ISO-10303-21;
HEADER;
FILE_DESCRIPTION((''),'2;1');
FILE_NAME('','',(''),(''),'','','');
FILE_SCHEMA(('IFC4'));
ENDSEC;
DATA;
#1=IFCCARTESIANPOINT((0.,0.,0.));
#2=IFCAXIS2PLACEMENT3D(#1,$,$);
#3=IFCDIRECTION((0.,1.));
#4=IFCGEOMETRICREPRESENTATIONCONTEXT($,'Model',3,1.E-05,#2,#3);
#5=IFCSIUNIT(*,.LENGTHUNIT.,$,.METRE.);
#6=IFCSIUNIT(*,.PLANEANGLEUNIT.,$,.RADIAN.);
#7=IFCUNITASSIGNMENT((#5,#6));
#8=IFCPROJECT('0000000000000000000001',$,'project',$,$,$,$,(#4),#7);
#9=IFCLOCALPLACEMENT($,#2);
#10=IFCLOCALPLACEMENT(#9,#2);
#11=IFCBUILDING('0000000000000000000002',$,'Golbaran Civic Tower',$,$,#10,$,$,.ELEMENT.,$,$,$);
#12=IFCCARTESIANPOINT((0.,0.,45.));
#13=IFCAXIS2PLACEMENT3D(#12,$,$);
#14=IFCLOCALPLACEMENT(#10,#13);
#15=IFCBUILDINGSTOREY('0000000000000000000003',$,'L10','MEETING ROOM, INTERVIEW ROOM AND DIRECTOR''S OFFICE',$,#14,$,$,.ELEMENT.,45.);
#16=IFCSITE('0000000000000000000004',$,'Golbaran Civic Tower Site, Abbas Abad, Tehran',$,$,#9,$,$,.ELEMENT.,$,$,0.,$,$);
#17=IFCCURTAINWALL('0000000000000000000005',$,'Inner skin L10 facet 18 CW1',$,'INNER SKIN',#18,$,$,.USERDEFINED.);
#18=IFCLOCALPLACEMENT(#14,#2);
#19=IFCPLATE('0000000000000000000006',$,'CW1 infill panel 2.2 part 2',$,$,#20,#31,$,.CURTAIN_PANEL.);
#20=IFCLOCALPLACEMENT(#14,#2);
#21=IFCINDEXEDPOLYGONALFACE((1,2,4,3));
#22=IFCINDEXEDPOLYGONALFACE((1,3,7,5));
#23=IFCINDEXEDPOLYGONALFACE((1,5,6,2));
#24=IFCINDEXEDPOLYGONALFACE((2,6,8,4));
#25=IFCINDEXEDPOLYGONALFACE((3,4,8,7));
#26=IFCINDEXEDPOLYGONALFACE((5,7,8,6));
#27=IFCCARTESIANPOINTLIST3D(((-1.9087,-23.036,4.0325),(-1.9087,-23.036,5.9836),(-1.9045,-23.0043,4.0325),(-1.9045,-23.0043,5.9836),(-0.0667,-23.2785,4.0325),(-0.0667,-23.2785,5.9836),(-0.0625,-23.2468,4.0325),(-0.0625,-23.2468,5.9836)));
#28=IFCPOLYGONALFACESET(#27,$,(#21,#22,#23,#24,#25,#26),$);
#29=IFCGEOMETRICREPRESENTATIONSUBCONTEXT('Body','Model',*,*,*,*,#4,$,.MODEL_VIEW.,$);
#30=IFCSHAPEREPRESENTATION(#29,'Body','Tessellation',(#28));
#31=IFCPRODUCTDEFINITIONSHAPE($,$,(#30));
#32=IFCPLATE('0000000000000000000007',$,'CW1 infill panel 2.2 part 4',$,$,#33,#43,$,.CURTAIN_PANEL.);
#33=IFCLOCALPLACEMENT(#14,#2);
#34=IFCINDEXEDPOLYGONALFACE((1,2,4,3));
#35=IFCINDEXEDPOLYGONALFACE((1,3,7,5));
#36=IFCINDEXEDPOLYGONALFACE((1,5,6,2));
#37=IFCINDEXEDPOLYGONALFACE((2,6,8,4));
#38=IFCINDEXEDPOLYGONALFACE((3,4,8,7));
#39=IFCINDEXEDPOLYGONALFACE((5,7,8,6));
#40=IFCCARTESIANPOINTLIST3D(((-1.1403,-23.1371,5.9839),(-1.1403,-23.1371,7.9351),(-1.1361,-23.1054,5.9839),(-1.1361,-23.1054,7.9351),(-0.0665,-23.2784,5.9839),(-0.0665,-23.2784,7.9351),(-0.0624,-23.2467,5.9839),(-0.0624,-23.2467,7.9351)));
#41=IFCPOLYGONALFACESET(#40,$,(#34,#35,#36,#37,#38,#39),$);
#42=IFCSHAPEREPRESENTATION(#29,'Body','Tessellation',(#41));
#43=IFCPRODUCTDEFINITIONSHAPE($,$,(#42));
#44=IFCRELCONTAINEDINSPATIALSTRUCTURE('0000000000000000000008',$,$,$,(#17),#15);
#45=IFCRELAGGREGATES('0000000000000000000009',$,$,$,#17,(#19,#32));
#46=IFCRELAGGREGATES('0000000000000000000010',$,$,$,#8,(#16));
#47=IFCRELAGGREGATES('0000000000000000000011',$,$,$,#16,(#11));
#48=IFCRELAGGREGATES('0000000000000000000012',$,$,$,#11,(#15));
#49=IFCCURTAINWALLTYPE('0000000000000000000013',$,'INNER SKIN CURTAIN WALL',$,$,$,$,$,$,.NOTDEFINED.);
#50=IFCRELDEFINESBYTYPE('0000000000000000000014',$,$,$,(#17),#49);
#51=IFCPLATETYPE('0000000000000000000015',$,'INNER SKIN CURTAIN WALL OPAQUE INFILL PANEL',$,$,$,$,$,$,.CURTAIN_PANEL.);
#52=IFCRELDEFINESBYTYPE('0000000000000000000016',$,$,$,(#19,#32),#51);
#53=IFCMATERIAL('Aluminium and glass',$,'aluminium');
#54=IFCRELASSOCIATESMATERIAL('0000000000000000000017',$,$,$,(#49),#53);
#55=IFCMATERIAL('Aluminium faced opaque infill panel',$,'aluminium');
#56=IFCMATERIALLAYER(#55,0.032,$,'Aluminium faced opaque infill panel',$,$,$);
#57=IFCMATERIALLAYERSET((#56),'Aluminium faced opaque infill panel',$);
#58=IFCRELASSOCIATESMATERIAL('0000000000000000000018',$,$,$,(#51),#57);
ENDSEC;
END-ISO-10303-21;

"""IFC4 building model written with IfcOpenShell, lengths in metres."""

from ifc_helpers import new_model, si_unit, direction, frame, origin, origin_2d, place, context, subcontext, project, spatial, rectangle, extrude, material, layer, layer_set, type_object, element, aggregate, save


model = new_model("IFC4")

# Units and contexts
model_context = context("Model", 3, precision=1e-05, world=origin(), true_north=direction((0.0, 1.0)))
body_context = subcontext(model_context, "Body", "Model", "MODEL_VIEW")
ifc_project = project(units=[si_unit("LENGTHUNIT", "METRE"), si_unit("PLANEANGLEUNIT", "RADIAN")], contexts=[model_context])

# Site, building, storey
site_placement = place(None, origin())
site = spatial("IfcSite", under=ifc_project, at=site_placement, Name="Golbaran Civic Tower Site, Abbas Abad, Tehran", CompositionType="ELEMENT", RefElevation=0.0)
building_placement = place(site_placement, origin())
building = spatial("IfcBuilding", under=site, at=building_placement, Name="Golbaran Civic Tower", CompositionType="ELEMENT")
storey_placement = place(building_placement, frame((0.0, 0.0, 45.0)))
storey = spatial("IfcBuildingStorey", under=building, at=storey_placement, Name="L10", Description="MEETING ROOM, INTERVIEW ROOM AND DIRECTOR'S OFFICE", CompositionType="ELEMENT", Elevation=45.0)

# Curtain wall
ifc_material_1 = material(Name="Aluminium and glass", Category="aluminium")
curtain_wall_type = type_object("IfcCurtainWallType", Name="INNER SKIN CURTAIN WALL", PredefinedType="NOTDEFINED", material=ifc_material_1)
curtain_wall_1_placement = place(storey_placement, origin())
curtain_wall_1 = element("IfcCurtainWall", 1, at=curtain_wall_1_placement, inside=storey, type_object=curtain_wall_type, Name="Inner skin L10 facet 18 CW1", ObjectType="INNER SKIN", PredefinedType="USERDEFINED")

# Plates
ifc_material_2 = material(Name="Aluminium faced opaque infill panel", Category="aluminium")
ifc_layer_1 = layer(ifc_material_2, 0.032, Name="Aluminium faced opaque infill panel")
ifc_layer_set_1 = layer_set([ifc_layer_1], Name="Aluminium faced opaque infill panel")
plate_type_1 = type_object("IfcPlateType", Name="INNER SKIN CURTAIN WALL OPAQUE INFILL PANEL", PredefinedType="CURTAIN_PANEL", material=ifc_layer_set_1)
plate_1_placement = place(storey_placement, frame((-0.9856, -23.1414, 4.0325), z_axis=(0.0, 0.0, 1.0), x_axis=(0.991445, -0.130526, 0.0)))
plate_1 = element("IfcPlate", 2, at=plate_1_placement, type_object=plate_type_1, Name="CW1 infill panel 2.2 part 2", PredefinedType="CURTAIN_PANEL", context=body_context, shape_type="SweptSolid", body=[
    extrude(rectangle(XDim=1.8579, YDim=0.032, at=origin_2d()), origin(), (0.0, 0.0, 1.0), 1.9512),
])
plate_2_placement = place(storey_placement, frame((-0.6013, -23.1919, 5.9839), z_axis=(0.0, 0.0, 1.0), x_axis=(0.991445, -0.130526, 0.0)))
plate_2 = element("IfcPlate", 3, at=plate_2_placement, type_object=plate_type_1, Name="CW1 infill panel 2.2 part 4", PredefinedType="CURTAIN_PANEL", context=body_context, shape_type="SweptSolid", body=[
    extrude(rectangle(XDim=1.083, YDim=0.032, at=origin_2d()), origin(), (0.0, 0.0, 1.0), 1.9512),
])
aggregate(curtain_wall_1, [plate_1, plate_2])

save(model, "model.ifc")
